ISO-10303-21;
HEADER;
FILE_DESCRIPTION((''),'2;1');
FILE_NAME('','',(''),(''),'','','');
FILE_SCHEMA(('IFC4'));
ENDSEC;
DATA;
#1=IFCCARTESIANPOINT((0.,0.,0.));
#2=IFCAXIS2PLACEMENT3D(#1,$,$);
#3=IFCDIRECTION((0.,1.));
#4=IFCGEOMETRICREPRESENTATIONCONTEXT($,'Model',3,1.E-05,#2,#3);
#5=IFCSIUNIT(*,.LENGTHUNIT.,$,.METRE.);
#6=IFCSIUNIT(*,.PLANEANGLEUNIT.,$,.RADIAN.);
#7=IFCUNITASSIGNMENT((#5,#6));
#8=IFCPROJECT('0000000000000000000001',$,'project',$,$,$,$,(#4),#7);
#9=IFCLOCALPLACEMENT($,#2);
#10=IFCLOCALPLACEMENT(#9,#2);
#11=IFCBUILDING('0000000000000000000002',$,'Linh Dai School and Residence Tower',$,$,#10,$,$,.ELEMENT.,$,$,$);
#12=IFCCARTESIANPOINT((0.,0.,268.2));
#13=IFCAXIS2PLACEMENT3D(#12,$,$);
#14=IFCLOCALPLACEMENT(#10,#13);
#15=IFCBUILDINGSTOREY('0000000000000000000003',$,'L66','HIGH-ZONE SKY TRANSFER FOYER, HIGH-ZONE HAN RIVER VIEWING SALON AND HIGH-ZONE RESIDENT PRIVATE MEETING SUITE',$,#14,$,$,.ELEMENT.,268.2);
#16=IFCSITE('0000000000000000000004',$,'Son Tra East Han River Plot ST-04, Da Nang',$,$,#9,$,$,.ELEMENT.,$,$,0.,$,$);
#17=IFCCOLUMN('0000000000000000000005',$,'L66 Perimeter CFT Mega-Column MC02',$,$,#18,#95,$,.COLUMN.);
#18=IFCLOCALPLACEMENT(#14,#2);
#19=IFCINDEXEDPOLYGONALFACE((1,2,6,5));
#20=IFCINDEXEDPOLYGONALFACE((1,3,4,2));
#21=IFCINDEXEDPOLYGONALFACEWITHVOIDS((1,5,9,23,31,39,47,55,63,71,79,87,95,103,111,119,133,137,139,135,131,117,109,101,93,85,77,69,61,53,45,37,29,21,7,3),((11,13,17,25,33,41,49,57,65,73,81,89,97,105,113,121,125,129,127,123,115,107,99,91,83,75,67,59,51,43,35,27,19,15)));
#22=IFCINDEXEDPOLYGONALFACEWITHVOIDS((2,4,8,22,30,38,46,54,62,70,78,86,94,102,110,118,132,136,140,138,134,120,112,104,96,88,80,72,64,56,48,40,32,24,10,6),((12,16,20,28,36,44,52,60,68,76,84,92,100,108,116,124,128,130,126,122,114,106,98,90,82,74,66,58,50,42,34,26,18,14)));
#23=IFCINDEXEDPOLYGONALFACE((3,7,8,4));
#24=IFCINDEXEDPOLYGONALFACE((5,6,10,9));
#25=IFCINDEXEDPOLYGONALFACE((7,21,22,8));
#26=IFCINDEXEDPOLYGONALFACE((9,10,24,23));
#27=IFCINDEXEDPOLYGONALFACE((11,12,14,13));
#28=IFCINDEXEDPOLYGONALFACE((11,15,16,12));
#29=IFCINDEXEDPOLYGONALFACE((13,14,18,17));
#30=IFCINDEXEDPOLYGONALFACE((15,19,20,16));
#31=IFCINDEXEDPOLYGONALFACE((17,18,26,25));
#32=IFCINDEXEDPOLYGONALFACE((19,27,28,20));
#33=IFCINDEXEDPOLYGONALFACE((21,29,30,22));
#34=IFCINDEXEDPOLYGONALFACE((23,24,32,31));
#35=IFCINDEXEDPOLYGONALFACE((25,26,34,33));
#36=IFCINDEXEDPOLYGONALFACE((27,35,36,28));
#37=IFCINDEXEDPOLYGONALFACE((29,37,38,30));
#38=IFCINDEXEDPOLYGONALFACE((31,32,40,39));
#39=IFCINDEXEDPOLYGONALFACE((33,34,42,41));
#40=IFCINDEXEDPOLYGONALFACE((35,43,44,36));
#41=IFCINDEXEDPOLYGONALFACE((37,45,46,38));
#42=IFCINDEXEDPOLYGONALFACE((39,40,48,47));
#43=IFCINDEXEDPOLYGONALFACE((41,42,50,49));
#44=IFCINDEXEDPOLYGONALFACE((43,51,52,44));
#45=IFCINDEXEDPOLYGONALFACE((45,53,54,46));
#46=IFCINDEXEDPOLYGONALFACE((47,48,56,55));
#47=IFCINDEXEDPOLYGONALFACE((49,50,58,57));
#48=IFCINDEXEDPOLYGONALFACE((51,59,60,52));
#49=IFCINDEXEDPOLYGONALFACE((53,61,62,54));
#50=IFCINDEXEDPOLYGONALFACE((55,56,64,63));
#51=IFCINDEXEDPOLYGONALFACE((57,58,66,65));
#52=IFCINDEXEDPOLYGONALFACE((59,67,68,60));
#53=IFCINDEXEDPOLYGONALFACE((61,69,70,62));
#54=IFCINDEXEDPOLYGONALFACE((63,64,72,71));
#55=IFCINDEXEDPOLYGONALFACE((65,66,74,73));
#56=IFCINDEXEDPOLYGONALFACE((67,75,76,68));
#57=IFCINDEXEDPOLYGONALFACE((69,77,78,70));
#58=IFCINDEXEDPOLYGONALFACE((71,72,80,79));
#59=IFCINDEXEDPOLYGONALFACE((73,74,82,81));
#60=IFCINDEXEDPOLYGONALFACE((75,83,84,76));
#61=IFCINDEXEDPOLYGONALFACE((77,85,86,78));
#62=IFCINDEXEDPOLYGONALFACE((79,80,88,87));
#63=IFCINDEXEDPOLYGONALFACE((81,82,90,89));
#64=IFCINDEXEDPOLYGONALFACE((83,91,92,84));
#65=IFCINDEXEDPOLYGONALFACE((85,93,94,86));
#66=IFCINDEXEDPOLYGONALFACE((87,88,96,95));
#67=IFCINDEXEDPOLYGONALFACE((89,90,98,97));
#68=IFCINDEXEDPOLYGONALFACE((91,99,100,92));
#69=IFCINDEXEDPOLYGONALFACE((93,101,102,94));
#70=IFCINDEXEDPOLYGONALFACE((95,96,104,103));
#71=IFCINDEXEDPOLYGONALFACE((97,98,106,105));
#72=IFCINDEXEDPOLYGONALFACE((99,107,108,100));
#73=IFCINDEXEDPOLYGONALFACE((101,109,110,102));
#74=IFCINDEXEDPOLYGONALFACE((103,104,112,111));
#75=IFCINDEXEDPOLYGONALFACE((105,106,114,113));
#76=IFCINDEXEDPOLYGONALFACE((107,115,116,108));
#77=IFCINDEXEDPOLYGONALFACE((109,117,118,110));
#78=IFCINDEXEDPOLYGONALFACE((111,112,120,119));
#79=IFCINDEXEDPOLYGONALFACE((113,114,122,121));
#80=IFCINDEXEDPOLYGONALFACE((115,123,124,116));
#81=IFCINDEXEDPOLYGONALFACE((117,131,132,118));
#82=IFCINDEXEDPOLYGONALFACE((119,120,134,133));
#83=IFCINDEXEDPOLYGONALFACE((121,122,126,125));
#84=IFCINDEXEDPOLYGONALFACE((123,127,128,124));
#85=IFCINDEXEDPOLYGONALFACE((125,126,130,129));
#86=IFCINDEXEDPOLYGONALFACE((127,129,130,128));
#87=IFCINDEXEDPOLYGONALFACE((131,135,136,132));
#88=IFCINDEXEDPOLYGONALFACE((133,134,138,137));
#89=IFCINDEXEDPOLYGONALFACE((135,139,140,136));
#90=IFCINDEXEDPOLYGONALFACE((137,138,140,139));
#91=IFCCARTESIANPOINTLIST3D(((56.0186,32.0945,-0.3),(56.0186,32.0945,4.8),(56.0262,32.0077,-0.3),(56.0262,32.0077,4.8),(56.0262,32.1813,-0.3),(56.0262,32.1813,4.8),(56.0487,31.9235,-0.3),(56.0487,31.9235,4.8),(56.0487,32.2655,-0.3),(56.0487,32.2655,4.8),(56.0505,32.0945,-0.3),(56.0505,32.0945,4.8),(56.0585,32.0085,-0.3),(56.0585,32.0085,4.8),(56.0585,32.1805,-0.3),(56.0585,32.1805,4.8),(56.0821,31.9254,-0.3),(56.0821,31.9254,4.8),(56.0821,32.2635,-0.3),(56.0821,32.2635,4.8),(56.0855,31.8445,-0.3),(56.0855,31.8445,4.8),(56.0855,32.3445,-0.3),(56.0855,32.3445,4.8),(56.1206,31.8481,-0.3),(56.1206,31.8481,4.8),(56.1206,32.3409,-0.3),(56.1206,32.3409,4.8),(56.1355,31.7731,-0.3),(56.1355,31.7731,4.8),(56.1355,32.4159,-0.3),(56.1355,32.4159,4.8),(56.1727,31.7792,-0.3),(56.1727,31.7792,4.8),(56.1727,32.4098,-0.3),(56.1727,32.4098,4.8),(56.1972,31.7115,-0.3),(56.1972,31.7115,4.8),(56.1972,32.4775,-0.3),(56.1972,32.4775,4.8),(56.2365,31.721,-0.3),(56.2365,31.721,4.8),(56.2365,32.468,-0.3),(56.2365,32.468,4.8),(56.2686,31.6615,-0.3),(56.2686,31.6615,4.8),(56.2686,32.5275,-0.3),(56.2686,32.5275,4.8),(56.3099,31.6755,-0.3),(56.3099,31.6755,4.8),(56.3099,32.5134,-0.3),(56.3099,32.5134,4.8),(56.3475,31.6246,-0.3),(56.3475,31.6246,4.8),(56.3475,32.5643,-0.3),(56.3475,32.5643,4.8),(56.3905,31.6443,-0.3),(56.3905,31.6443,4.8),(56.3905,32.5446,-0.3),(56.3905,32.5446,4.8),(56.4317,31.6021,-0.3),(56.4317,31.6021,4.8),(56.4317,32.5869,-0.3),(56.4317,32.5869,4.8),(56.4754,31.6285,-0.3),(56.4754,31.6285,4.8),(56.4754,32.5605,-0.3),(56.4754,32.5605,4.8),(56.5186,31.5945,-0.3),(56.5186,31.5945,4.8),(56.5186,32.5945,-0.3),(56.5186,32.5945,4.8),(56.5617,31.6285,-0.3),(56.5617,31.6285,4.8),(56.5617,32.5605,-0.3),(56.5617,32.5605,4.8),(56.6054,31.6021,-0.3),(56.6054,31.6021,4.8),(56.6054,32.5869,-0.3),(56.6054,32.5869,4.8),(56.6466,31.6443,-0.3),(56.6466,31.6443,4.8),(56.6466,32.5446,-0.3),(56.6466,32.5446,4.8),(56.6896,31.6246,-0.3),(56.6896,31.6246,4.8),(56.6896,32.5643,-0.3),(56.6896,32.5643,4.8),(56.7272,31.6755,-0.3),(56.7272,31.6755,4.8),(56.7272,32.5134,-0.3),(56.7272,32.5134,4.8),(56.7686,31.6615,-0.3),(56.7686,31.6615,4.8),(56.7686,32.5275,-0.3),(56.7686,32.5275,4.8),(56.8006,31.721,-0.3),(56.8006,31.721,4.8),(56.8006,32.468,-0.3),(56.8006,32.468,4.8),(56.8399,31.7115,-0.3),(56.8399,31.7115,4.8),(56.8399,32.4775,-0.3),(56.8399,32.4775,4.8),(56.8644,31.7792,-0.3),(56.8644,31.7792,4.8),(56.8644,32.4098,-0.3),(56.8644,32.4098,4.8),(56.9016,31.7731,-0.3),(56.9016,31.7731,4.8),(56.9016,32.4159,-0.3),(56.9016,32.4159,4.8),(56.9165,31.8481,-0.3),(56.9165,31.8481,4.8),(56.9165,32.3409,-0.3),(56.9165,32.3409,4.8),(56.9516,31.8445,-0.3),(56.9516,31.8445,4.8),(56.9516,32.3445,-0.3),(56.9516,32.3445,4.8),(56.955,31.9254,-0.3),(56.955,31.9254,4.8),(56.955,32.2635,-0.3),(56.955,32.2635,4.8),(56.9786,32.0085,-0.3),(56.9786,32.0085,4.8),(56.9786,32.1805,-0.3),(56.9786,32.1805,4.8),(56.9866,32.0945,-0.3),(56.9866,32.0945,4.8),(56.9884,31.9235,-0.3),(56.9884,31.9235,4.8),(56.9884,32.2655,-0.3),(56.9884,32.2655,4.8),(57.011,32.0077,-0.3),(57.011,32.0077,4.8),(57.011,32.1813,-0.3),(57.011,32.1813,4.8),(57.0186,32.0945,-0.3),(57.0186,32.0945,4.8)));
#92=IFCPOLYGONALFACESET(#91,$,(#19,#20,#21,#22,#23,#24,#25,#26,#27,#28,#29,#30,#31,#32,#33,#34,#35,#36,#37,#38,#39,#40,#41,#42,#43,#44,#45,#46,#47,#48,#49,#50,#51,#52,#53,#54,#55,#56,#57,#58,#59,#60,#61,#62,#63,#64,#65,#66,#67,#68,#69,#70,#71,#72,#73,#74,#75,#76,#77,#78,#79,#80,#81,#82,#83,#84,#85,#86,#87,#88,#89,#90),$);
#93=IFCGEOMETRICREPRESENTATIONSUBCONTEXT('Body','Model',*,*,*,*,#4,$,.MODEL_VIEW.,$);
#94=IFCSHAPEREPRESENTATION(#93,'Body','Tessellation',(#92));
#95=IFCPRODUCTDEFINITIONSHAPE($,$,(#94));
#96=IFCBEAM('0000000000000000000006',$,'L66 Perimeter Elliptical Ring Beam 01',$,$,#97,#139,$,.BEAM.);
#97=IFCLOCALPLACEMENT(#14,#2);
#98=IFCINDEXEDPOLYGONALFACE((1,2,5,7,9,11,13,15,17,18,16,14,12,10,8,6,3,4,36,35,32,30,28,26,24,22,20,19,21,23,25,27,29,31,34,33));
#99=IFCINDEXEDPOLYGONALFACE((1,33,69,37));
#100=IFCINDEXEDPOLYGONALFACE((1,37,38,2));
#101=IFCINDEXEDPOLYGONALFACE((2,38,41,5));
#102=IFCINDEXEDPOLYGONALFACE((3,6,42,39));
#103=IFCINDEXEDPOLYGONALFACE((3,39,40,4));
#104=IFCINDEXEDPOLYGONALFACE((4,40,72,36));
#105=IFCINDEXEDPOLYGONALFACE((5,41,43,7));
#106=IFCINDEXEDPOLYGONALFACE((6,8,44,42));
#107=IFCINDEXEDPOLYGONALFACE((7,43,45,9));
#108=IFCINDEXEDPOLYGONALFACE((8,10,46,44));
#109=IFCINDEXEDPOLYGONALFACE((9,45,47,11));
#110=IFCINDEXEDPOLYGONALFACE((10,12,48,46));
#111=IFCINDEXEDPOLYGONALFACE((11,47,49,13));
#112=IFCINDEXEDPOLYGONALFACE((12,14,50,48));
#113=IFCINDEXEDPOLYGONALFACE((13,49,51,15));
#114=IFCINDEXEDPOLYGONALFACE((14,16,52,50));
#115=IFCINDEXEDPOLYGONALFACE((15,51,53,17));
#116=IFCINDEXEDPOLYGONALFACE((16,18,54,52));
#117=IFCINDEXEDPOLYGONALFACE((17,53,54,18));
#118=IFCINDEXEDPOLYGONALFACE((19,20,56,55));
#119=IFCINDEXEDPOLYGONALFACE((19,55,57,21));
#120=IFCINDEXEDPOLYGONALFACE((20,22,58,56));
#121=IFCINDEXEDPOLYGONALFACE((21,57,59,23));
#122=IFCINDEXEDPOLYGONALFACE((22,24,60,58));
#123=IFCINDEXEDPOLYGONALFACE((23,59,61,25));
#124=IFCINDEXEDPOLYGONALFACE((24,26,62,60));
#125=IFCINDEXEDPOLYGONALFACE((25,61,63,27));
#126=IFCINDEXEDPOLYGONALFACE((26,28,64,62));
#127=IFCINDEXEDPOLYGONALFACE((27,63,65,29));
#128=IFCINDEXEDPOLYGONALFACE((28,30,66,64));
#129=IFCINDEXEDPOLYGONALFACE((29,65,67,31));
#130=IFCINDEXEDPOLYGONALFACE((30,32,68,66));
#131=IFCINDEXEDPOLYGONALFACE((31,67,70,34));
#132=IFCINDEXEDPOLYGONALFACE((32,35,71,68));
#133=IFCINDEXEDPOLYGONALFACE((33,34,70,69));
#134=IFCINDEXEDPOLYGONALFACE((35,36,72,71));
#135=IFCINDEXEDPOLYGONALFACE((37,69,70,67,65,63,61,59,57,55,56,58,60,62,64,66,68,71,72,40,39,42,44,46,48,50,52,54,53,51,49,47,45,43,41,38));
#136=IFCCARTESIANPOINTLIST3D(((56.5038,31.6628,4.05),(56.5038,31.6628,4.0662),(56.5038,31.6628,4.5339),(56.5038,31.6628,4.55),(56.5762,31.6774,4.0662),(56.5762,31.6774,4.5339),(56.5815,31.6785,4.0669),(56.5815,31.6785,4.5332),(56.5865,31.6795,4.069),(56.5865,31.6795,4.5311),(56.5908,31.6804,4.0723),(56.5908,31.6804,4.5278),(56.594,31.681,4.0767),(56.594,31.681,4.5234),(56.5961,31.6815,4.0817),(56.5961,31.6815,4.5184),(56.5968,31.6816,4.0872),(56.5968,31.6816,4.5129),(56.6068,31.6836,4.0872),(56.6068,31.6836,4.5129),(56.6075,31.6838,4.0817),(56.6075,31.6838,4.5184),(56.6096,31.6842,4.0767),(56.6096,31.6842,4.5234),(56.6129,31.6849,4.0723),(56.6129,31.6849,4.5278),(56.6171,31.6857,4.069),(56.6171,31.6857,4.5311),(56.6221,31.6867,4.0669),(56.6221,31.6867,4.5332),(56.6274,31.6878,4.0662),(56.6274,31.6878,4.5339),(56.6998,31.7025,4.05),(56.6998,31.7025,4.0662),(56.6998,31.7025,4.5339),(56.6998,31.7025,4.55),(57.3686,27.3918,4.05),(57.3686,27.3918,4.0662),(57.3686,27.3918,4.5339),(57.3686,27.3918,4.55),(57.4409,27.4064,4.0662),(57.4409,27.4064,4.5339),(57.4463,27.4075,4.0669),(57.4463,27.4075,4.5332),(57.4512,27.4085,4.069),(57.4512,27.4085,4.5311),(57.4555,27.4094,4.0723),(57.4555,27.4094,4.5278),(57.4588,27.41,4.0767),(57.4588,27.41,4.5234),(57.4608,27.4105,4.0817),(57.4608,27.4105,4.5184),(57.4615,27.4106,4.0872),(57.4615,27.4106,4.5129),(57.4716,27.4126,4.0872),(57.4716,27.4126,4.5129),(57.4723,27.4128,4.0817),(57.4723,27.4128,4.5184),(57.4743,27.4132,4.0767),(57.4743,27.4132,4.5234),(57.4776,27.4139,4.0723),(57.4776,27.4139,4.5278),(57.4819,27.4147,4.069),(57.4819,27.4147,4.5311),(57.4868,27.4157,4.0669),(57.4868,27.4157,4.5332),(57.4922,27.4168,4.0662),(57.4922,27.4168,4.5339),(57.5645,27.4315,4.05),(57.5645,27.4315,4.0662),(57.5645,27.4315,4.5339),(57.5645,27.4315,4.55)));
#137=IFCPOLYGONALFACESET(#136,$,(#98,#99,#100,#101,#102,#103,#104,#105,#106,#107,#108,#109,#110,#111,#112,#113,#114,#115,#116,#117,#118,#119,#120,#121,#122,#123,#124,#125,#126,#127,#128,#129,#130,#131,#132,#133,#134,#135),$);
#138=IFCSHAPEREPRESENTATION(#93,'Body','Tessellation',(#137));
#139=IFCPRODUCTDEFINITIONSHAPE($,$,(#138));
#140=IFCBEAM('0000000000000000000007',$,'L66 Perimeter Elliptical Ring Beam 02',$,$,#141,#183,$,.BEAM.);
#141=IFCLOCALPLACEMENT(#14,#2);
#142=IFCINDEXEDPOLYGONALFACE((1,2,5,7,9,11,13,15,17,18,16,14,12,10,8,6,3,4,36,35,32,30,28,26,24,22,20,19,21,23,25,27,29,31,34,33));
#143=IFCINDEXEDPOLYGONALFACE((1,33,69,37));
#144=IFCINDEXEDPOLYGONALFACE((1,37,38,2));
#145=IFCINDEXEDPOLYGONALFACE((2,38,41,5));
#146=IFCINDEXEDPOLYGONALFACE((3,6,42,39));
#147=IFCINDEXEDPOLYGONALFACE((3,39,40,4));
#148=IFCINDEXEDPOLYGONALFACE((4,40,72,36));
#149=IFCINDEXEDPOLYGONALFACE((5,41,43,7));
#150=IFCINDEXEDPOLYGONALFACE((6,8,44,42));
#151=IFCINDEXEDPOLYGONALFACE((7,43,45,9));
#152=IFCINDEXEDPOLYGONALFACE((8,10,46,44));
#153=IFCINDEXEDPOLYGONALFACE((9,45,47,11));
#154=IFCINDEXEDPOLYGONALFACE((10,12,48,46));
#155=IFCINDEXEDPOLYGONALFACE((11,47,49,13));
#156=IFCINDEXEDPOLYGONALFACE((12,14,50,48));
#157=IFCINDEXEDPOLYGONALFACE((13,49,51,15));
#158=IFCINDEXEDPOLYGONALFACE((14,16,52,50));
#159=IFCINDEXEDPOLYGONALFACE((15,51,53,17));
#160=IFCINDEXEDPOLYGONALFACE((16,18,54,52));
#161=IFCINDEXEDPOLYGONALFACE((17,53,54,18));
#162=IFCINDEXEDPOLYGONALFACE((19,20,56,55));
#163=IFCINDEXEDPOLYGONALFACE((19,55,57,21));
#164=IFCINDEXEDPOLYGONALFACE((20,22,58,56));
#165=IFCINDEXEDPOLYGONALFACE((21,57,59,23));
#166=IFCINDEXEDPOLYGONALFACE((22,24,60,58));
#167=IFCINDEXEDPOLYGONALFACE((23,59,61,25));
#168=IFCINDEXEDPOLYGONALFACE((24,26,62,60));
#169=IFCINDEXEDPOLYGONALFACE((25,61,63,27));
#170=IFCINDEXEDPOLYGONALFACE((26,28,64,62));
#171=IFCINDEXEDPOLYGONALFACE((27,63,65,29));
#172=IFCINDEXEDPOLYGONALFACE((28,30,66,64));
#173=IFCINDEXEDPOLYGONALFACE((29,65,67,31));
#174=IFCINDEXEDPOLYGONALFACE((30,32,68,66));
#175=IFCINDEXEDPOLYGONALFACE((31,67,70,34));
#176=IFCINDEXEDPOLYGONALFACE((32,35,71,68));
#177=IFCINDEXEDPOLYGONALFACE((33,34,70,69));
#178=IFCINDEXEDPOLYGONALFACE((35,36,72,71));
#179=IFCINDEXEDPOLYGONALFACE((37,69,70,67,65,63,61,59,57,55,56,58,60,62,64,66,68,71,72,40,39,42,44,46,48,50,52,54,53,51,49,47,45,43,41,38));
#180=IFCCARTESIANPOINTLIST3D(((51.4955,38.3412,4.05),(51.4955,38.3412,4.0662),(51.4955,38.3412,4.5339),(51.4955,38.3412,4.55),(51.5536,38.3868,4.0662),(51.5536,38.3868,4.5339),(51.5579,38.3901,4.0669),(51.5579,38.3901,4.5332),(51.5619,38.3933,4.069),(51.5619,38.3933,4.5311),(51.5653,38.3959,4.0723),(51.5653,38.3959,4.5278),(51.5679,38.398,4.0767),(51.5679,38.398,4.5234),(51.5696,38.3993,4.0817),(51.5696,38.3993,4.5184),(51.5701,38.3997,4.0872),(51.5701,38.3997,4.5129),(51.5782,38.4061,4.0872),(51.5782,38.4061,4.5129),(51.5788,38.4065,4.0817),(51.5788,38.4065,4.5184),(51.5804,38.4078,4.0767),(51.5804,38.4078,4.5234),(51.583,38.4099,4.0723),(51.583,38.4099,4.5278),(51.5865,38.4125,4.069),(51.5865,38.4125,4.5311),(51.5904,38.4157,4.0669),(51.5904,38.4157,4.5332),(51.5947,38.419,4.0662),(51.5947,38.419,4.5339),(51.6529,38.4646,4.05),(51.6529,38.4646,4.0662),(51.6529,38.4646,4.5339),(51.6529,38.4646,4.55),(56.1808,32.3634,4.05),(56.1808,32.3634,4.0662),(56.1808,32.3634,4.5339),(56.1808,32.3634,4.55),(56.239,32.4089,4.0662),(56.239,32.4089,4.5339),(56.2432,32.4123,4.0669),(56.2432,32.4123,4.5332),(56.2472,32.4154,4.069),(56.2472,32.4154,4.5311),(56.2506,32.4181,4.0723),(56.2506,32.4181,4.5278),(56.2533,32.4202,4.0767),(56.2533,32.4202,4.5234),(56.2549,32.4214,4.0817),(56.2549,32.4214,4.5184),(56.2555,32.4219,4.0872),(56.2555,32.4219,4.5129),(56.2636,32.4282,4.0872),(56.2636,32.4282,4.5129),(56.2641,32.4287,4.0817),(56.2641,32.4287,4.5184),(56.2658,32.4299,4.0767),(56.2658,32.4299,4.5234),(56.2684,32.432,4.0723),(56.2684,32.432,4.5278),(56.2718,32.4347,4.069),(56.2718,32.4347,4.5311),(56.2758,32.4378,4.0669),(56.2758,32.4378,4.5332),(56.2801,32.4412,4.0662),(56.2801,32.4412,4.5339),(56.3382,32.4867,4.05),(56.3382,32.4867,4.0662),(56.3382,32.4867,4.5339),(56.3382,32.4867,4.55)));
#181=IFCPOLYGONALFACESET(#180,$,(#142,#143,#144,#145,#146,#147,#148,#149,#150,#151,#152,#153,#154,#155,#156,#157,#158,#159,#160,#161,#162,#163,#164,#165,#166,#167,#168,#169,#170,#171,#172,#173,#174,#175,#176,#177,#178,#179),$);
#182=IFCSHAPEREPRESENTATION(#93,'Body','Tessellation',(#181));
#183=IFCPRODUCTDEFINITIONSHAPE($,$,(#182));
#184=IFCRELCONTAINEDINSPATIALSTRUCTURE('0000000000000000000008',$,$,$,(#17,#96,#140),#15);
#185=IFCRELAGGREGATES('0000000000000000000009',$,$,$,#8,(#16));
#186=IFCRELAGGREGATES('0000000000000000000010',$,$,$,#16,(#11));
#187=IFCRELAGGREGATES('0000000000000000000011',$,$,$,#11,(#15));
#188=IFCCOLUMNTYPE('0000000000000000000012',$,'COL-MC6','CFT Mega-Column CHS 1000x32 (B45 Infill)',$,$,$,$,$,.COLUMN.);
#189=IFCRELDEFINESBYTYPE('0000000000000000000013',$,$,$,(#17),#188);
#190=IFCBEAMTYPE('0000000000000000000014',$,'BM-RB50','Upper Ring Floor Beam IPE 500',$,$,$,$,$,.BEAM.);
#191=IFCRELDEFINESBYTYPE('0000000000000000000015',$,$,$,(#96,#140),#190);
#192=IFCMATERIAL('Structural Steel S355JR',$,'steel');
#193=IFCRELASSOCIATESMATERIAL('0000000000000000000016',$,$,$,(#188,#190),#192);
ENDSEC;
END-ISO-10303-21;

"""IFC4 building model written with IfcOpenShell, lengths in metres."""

from ifc_helpers import new_model, si_unit, direction, frame, origin, origin_2d, place, context, subcontext, project, spatial, hollow_circle, i_section, extrude, material, material_profile, profile_set, type_object, element, save


model = new_model("IFC4")

# Units and contexts
model_context = context("Model", 3, precision=1e-05, world=origin(), true_north=direction((0.0, 1.0)))
body_context = subcontext(model_context, "Body", "Model", "MODEL_VIEW")
ifc_project = project(units=[si_unit("LENGTHUNIT", "METRE"), si_unit("PLANEANGLEUNIT", "RADIAN")], contexts=[model_context])

# Site, building, storey
site_placement = place(None, origin())
site = spatial("IfcSite", under=ifc_project, at=site_placement, Name="Son Tra East Han River Plot ST-04, Da Nang", CompositionType="ELEMENT", RefElevation=0.0)
building_placement = place(site_placement, origin())
building = spatial("IfcBuilding", under=site, at=building_placement, Name="Linh Dai School and Residence Tower", CompositionType="ELEMENT")
storey_placement = place(building_placement, frame((0.0, 0.0, 268.2)))
storey = spatial("IfcBuildingStorey", under=building, at=storey_placement, Name="L66", Description="HIGH-ZONE SKY TRANSFER FOYER, HIGH-ZONE HAN RIVER VIEWING SALON AND HIGH-ZONE RESIDENT PRIVATE MEETING SUITE", CompositionType="ELEMENT", Elevation=268.2)

# Column
ifc_material_1 = material(Name="Structural Steel S355JR", Category="steel")
ifc_material_profile_1 = material_profile(ifc_material_1, hollow_circle(Radius=0.5, WallThickness=0.032, at=origin_2d()), Name="CHS 1000x32")
ifc_profile_set_1 = profile_set([ifc_material_profile_1], Name="Structural Steel S355JR")
column_type = type_object("IfcColumnType", Name="COL-MC6", Description="CFT Mega-Column CHS 1000x32 (B45 Infill)", PredefinedType="COLUMN", material=ifc_profile_set_1)
column_placement = place(storey_placement, frame((56.5186, 32.0945, -0.3), z_axis=(0.0, 0.0, 1.0), x_axis=(1.0, 0.0, 0.0)))
element("IfcColumn", 1, at=column_placement, inside=storey, type_object=column_type, Name="L66 Perimeter CFT Mega-Column MC02", PredefinedType="COLUMN", context=body_context, shape_type="SweptSolid", body=[
    extrude(hollow_circle(Radius=0.5, WallThickness=0.032, at=origin_2d()), origin(), (0.0, 0.0, 1.0), 5.1001),
])

# Beams
ifc_material_profile_2 = material_profile(ifc_material_1, i_section(OverallWidth=0.2, OverallDepth=0.5, WebThickness=0.0103, FlangeThickness=0.0161, FilletRadius=0.021, at=origin_2d()), Name="IPE 500")
ifc_profile_set_2 = profile_set([ifc_material_profile_2], Name="Structural Steel S355JR")
beam_type = type_object("IfcBeamType", Name="BM-RB50", Description="Upper Ring Floor Beam IPE 500", PredefinedType="BEAM", material=ifc_profile_set_2)
beam_1_placement = place(storey_placement, frame((57.4666, 27.4116, 4.3), z_axis=(-0.198443, 0.980112, 0.0), x_axis=(-0.980112, -0.198443, 0.0)))
element("IfcBeam", 2, at=beam_1_placement, inside=storey, type_object=beam_type, Name="L66 Perimeter Elliptical Ring Beam 01", PredefinedType="BEAM", context=body_context, shape_type="SweptSolid", body=[
    extrude(i_section(OverallWidth=0.2, OverallDepth=0.5, WebThickness=0.0103, FlangeThickness=0.0161, FilletRadius=0.021, at=origin_2d()), origin(), (0.0, 0.0, 1.0), 4.3577),
])
beam_2_placement = place(storey_placement, frame((56.2595, 32.425, 4.3), z_axis=(-0.616883, 0.787055, 0.0), x_axis=(-0.787055, -0.616883, 0.0)))
element("IfcBeam", 3, at=beam_2_placement, inside=storey, type_object=beam_type, Name="L66 Perimeter Elliptical Ring Beam 02", PredefinedType="BEAM", context=body_context, shape_type="SweptSolid", body=[
    extrude(i_section(OverallWidth=0.2, OverallDepth=0.5, WebThickness=0.0103, FlangeThickness=0.0161, FilletRadius=0.021, at=origin_2d()), origin(), (0.0, 0.0, 1.0), 7.5952),
])

save(model, "model.ifc")
